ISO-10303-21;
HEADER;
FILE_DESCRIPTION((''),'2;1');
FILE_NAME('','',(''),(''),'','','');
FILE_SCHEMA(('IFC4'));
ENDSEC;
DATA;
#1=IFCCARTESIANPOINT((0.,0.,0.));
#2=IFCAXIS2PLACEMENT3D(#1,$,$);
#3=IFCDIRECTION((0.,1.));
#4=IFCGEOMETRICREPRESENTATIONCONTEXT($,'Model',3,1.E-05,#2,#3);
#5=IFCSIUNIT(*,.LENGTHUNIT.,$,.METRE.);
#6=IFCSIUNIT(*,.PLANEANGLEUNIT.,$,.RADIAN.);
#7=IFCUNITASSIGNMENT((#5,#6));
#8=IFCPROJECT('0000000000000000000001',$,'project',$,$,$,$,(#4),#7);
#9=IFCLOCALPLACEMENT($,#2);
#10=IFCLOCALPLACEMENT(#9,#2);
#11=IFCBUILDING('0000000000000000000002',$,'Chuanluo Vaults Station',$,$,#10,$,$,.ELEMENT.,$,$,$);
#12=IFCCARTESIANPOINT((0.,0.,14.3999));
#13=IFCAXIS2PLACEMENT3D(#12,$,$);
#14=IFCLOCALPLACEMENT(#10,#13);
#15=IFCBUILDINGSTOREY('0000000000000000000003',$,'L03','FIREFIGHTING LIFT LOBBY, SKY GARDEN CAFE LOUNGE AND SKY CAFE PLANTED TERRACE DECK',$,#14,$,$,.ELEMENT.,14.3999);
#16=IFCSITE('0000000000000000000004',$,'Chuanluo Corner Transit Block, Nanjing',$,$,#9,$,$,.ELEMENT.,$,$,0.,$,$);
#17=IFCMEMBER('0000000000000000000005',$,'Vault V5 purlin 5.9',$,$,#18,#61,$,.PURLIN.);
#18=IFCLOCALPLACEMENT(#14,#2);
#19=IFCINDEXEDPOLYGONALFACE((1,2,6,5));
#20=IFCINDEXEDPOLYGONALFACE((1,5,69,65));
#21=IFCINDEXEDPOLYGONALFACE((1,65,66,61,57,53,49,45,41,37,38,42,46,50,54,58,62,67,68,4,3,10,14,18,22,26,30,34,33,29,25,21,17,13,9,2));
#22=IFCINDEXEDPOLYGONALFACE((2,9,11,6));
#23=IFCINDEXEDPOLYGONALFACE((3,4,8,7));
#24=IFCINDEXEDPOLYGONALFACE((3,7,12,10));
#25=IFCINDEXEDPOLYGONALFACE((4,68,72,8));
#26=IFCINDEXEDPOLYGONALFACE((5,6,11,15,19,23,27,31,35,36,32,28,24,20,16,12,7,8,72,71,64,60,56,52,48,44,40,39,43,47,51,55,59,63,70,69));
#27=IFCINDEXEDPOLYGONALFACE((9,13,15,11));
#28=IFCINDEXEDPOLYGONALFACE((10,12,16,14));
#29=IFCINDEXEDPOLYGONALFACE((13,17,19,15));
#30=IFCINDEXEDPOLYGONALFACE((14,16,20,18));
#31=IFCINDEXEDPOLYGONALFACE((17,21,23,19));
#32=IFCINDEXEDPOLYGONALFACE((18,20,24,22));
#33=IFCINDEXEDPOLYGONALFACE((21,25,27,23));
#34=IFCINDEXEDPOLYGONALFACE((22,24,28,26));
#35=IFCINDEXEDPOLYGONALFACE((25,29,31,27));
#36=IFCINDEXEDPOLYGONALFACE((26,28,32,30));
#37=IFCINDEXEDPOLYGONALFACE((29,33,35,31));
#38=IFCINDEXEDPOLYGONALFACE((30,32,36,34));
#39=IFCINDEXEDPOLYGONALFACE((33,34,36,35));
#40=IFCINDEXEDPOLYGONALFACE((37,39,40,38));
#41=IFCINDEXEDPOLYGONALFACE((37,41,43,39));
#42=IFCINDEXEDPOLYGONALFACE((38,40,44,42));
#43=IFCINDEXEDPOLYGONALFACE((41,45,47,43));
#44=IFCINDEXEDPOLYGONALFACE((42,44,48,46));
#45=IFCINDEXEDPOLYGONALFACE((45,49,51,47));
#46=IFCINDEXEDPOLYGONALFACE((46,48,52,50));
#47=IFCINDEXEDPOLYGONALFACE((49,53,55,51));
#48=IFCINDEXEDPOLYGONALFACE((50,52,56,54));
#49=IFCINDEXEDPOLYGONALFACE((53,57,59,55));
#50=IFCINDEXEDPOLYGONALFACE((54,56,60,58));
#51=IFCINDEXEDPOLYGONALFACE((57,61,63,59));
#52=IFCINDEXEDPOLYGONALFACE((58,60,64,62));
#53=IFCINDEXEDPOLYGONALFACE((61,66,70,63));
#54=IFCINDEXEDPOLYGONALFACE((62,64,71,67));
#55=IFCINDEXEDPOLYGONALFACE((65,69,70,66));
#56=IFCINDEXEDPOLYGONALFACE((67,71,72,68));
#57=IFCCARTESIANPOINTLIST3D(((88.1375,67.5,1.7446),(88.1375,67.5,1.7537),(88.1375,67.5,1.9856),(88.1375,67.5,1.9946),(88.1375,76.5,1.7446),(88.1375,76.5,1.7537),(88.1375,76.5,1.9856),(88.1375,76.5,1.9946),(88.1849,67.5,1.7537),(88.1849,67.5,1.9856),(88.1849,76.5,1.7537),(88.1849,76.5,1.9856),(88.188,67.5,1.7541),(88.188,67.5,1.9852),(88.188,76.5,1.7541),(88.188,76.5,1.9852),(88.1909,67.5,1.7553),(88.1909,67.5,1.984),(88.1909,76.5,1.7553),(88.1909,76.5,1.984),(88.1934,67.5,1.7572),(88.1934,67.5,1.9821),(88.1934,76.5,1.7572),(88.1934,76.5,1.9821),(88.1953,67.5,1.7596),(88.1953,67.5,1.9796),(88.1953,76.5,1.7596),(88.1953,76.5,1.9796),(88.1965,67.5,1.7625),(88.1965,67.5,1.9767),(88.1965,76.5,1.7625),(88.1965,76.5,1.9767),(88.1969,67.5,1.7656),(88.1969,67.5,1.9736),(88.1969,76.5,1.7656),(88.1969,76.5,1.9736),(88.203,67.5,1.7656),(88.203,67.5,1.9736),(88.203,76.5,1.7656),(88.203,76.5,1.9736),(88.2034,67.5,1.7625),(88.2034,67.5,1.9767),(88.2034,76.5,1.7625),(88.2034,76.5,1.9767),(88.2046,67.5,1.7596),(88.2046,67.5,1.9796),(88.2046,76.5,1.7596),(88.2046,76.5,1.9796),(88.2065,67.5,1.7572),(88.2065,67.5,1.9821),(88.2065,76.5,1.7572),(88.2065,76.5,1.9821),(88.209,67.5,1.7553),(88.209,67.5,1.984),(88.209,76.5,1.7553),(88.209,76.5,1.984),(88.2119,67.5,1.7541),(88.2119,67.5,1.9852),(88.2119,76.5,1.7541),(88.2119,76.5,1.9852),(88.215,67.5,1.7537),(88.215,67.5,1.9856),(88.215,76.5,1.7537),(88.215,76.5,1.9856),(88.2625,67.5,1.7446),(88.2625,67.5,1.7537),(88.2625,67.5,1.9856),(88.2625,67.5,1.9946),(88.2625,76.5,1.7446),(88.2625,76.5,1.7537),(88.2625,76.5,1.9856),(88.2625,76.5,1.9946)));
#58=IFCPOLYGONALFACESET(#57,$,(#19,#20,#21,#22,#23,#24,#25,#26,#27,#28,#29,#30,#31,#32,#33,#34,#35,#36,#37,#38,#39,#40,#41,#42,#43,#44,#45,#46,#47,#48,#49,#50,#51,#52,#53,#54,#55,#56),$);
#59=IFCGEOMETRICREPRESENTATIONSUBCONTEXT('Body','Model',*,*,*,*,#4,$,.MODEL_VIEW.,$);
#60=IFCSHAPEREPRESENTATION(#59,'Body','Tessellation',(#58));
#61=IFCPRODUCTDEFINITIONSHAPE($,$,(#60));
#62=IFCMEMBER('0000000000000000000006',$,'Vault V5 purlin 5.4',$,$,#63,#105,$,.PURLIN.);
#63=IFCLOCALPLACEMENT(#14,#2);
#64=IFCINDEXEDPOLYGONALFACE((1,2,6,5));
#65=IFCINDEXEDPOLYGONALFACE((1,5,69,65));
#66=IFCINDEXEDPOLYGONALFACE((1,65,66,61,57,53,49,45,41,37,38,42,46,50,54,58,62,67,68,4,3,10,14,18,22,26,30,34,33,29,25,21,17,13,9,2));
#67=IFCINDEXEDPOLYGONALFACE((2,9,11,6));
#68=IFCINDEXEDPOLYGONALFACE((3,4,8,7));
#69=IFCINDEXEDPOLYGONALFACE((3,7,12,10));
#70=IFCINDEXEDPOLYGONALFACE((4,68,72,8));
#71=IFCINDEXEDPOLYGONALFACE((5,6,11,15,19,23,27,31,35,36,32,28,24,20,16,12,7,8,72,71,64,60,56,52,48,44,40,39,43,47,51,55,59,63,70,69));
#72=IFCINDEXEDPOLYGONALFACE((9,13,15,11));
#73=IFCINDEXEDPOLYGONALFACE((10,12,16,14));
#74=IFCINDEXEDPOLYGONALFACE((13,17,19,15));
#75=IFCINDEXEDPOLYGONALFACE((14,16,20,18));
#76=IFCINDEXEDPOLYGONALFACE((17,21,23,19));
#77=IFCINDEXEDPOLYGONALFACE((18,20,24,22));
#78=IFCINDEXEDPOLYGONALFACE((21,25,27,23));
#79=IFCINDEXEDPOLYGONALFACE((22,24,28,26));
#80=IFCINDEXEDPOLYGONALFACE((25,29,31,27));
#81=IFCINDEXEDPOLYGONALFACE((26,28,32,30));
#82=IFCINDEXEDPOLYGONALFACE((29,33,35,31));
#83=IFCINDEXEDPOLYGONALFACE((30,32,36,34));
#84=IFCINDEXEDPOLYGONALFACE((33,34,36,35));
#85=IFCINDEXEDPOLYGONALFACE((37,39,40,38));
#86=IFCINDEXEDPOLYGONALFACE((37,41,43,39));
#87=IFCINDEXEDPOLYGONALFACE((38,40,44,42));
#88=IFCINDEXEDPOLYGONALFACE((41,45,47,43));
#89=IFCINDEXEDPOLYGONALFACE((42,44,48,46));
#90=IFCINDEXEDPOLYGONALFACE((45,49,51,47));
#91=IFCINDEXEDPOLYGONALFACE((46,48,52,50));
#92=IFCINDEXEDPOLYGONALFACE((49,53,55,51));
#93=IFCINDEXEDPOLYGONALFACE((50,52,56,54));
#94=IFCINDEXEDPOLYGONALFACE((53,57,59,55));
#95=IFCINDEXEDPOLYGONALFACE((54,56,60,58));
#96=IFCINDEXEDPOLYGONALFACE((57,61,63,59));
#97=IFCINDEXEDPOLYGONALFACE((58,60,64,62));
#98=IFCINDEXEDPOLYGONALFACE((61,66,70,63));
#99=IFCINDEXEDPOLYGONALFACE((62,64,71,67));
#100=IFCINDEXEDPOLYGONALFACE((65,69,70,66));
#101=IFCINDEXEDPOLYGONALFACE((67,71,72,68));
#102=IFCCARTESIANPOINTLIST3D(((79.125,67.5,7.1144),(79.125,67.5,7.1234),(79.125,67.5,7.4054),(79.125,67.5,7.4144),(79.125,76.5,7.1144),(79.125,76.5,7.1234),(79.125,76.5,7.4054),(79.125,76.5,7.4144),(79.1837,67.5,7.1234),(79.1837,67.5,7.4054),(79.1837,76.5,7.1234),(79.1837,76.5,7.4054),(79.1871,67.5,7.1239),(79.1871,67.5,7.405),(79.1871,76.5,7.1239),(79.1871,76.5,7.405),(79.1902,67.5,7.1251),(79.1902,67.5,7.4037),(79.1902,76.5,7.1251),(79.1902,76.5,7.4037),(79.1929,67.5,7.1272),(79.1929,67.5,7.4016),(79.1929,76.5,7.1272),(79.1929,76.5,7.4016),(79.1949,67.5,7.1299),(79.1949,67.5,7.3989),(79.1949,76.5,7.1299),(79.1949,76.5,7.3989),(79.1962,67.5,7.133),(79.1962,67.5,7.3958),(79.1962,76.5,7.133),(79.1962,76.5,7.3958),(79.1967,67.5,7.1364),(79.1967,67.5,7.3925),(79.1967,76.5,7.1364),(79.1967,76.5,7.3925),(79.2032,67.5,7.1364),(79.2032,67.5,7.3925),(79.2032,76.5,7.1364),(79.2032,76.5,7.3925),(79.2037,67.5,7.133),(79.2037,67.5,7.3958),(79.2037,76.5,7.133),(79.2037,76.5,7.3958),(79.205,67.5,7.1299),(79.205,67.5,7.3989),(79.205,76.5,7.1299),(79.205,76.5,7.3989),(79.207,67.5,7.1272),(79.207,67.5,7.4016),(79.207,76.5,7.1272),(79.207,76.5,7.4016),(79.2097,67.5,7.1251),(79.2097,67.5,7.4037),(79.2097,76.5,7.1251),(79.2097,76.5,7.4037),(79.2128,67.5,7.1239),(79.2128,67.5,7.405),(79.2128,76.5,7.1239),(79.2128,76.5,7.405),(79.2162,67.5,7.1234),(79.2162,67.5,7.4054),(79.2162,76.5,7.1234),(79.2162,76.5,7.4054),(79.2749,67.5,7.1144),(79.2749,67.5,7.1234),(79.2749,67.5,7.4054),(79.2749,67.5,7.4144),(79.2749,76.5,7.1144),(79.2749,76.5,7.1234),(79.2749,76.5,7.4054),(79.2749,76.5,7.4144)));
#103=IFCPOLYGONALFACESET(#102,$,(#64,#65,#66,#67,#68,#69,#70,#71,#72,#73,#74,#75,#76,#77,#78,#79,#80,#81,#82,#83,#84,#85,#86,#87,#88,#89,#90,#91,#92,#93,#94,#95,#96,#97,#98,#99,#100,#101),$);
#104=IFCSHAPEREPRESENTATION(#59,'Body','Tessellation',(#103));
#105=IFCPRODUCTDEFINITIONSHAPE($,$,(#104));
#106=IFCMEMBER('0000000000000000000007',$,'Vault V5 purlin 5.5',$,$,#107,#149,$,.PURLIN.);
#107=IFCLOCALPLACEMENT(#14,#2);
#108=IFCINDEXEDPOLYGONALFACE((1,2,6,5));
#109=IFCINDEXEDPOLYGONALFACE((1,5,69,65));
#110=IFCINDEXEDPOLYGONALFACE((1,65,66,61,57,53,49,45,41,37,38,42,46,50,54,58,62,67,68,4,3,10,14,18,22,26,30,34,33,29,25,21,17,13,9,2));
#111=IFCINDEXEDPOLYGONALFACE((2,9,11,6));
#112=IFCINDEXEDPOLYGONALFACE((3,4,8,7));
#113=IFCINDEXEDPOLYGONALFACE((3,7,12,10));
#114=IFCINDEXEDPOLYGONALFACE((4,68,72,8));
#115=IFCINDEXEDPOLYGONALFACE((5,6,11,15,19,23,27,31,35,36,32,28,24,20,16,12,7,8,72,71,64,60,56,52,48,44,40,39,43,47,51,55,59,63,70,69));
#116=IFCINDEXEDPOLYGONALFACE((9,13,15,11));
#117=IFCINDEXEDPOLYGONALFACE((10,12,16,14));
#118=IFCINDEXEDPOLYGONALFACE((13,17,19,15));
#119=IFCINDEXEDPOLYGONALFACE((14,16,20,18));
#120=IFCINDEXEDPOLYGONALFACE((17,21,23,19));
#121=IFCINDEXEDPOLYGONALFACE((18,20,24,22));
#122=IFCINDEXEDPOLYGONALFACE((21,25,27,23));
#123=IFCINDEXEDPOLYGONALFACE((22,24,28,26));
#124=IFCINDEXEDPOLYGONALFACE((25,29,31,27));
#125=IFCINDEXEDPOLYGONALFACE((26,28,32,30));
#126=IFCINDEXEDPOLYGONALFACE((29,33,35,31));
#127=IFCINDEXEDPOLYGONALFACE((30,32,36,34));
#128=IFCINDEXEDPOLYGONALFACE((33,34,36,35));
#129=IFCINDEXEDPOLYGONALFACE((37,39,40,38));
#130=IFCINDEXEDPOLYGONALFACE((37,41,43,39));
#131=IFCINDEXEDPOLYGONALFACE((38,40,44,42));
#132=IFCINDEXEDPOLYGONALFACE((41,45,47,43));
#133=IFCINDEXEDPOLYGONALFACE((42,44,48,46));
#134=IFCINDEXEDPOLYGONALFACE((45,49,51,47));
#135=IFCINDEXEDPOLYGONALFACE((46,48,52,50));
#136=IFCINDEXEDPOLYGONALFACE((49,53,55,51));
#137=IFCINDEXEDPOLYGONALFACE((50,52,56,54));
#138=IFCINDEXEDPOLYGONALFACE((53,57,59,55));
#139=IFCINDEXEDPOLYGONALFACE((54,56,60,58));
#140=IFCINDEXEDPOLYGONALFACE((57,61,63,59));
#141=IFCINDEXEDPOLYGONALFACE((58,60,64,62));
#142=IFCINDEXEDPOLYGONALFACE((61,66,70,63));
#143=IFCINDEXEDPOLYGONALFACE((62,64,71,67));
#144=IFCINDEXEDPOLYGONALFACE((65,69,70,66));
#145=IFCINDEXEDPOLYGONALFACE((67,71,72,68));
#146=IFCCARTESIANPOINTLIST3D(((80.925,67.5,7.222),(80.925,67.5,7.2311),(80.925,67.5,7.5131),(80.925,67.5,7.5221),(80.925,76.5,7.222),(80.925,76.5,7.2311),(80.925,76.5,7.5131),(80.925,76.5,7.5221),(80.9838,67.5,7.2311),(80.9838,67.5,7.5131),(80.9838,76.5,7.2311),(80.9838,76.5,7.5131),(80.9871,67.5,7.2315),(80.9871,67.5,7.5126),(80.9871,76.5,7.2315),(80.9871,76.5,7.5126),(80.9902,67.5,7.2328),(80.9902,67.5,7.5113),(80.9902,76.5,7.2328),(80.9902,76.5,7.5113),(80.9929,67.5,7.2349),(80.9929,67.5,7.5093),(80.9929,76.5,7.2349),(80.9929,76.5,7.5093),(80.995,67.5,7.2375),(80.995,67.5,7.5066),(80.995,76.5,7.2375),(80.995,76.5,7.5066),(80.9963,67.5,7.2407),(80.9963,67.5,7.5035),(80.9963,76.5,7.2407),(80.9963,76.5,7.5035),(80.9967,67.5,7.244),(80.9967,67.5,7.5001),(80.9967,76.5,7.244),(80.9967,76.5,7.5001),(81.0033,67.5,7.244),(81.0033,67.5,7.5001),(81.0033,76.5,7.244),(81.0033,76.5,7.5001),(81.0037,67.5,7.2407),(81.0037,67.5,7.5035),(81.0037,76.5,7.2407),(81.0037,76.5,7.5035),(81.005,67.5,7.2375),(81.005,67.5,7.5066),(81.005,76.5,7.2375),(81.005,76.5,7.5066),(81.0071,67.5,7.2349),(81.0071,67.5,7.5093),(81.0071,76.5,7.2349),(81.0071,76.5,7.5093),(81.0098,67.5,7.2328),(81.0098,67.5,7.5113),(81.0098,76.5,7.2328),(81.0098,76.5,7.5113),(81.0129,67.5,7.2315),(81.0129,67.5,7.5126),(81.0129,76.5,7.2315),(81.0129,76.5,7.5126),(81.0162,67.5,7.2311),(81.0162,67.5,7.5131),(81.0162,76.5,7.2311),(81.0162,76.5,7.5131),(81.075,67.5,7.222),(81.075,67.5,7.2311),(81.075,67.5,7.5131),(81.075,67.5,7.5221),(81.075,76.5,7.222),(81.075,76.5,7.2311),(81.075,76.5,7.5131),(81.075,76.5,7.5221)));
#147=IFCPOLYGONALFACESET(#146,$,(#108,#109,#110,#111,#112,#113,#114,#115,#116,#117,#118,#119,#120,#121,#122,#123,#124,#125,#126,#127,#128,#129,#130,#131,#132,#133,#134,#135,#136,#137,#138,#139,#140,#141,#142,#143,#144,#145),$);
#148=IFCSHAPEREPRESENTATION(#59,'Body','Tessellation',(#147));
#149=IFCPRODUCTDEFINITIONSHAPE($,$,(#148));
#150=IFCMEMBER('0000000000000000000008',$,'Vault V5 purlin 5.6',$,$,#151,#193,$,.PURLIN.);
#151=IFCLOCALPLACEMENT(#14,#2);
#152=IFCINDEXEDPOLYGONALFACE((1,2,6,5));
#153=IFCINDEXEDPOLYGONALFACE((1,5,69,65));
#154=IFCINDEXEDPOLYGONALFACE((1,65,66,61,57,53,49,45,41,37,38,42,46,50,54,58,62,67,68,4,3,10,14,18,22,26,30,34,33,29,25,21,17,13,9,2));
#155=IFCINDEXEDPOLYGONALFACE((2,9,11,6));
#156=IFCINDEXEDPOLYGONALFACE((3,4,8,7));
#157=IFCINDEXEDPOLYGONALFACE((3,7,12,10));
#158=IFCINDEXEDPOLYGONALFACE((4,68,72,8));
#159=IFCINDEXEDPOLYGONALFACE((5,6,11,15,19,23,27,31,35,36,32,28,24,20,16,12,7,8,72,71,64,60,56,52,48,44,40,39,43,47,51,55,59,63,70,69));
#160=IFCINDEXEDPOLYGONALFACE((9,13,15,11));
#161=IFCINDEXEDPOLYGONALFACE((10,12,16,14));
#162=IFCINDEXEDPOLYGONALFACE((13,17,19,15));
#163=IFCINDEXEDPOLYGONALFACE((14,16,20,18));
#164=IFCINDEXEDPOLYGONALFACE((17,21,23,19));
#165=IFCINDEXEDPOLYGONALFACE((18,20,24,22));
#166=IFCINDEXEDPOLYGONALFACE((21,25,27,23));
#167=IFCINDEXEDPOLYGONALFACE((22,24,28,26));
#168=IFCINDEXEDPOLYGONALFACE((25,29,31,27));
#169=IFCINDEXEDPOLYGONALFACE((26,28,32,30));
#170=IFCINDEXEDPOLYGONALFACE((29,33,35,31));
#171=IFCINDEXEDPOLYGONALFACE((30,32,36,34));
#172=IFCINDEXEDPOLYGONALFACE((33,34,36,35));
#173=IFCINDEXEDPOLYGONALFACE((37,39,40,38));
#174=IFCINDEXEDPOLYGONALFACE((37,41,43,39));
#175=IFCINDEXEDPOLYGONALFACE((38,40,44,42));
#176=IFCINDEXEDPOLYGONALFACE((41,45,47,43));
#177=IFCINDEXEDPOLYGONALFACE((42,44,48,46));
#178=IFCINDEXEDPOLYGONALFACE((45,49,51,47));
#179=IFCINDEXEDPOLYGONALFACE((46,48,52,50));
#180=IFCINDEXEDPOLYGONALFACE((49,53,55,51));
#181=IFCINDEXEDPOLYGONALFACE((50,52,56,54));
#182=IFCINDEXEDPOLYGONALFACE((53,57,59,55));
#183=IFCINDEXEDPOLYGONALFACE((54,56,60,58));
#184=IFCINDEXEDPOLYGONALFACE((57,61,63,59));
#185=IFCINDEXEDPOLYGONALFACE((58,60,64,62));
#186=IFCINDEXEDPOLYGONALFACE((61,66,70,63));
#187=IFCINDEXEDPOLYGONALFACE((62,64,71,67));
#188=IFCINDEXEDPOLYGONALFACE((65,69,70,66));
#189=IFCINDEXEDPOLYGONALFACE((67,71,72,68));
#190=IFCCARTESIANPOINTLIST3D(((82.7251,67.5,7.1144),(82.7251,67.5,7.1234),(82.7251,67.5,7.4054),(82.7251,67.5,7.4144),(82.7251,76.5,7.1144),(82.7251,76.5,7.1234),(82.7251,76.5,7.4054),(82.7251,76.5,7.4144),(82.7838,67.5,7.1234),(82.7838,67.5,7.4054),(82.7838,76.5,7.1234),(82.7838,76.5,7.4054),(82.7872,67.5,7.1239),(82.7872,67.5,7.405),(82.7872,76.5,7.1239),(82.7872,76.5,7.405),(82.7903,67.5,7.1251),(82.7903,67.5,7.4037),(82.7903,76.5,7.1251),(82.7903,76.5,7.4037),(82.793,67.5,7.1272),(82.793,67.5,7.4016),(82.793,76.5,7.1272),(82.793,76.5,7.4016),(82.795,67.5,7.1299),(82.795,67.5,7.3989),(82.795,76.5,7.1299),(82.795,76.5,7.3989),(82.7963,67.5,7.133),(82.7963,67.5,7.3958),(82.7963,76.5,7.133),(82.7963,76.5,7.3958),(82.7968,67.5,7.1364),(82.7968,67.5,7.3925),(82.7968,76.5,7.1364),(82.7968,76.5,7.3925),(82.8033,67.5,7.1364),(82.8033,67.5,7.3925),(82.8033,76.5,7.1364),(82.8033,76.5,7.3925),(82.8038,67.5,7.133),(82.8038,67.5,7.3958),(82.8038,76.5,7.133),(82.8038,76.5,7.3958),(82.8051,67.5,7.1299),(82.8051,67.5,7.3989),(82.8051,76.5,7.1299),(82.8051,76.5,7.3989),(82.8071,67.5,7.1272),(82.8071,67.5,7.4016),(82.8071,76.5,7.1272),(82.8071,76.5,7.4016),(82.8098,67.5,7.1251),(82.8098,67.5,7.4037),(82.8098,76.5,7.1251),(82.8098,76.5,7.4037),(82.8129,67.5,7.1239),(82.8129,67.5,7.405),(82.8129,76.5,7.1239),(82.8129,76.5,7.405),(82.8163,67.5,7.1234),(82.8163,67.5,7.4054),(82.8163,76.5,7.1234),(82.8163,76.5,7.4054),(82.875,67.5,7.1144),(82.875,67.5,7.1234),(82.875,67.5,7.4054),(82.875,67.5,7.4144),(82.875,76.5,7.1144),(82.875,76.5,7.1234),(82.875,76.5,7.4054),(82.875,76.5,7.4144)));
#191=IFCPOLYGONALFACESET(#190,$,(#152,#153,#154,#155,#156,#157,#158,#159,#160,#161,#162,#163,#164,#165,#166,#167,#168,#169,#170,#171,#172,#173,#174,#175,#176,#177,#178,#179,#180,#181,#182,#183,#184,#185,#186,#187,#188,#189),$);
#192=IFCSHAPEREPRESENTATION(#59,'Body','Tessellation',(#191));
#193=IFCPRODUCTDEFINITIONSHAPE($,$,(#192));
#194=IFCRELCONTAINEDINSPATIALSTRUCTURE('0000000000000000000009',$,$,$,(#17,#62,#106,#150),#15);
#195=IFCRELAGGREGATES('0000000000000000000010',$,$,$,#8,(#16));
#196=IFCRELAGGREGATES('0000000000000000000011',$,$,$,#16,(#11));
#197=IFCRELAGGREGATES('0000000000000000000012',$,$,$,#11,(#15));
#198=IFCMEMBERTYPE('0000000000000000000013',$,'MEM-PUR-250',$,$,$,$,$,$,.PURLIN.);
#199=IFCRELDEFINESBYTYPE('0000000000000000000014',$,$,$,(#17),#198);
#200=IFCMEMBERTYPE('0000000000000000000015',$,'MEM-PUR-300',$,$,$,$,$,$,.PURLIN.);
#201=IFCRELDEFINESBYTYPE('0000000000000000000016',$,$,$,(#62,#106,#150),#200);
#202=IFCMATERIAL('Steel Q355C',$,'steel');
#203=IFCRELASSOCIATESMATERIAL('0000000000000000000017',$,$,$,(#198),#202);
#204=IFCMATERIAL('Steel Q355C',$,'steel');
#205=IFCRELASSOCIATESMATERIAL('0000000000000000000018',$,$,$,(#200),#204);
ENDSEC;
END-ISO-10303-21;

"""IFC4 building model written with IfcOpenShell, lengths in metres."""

from ifc_helpers import new_model, si_unit, direction, frame, origin, origin_2d, place, context, subcontext, project, spatial, i_section, extrude, material, material_profile, profile_set, type_object, element, save


model = new_model("IFC4")

# Units and contexts
model_context = context("Model", 3, precision=1e-05, world=origin(), true_north=direction((0.0, 1.0)))
body_context = subcontext(model_context, "Body", "Model", "MODEL_VIEW")
ifc_project = project(units=[si_unit("LENGTHUNIT", "METRE"), si_unit("PLANEANGLEUNIT", "RADIAN")], contexts=[model_context])

# Site, building, storey
site_placement = place(None, origin())
site = spatial("IfcSite", under=ifc_project, at=site_placement, Name="Chuanluo Corner Transit Block, Nanjing", CompositionType="ELEMENT", RefElevation=0.0)
building_placement = place(site_placement, origin())
building = spatial("IfcBuilding", under=site, at=building_placement, Name="Chuanluo Vaults Station", CompositionType="ELEMENT")
storey_placement = place(building_placement, frame((0.0, 0.0, 14.3999)))
storey = spatial("IfcBuildingStorey", under=building, at=storey_placement, Name="L03", Description="FIREFIGHTING LIFT LOBBY, SKY GARDEN CAFE LOUNGE AND SKY CAFE PLANTED TERRACE DECK", CompositionType="ELEMENT", Elevation=14.3999)

# Members
ifc_material_1 = material(Name="Steel Q355C", Category="steel")
ifc_material_profile_1 = material_profile(ifc_material_1, i_section(OverallWidth=0.125, OverallDepth=0.25, WebThickness=0.0061, FlangeThickness=0.009, FilletRadius=0.012, at=origin_2d()))
ifc_profile_set_1 = profile_set([ifc_material_profile_1], Name="Steel Q355C")
member_type_1 = type_object("IfcMemberType", Name="MEM-PUR-250", PredefinedType="PURLIN", material=ifc_profile_set_1)
for number, where, z_axis, x_axis, name in (
    (1, (88.2, 67.5, 1.8696), (0.0, 1.0, 0.0), (-1.0, 0.0, 0.0), "Vault V5 purlin 5.9"),
):
    element("IfcMember", number, at=place(storey_placement, frame(where, z_axis=z_axis, x_axis=x_axis)), inside=storey, type_object=member_type_1, Name=name, PredefinedType="PURLIN", context=body_context, shape_type="SweptSolid", body=[
        extrude(i_section(OverallWidth=0.125, OverallDepth=0.25, WebThickness=0.0061, FlangeThickness=0.009, FilletRadius=0.012, at=origin_2d()), origin(), (0.0, 0.0, 1.0), 9.0),
    ])
ifc_material_2 = material(Name="Steel Q355C", Category="steel")
ifc_material_profile_2 = material_profile(ifc_material_2, i_section(OverallWidth=0.1499, OverallDepth=0.3, WebThickness=0.0066, FlangeThickness=0.009, FilletRadius=0.0129, at=origin_2d()))
ifc_profile_set_2 = profile_set([ifc_material_profile_2], Name="Steel Q355C")
member_type_2 = type_object("IfcMemberType", Name="MEM-PUR-300", PredefinedType="PURLIN", material=ifc_profile_set_2)
for number, where, z_axis, x_axis, name in (
    (2, (79.2, 67.5, 7.2644), (0.0, 1.0, 0.0), (-1.0, 0.0, 0.0), "Vault V5 purlin 5.4"),
    (3, (81.0, 67.5, 7.3721), (0.0, 1.0, 0.0), (-1.0, 0.0, 0.0), "Vault V5 purlin 5.5"),
    (4, (82.8, 67.5, 7.2644), (0.0, 1.0, 0.0), (-1.0, 0.0, 0.0), "Vault V5 purlin 5.6"),
):
    element("IfcMember", number, at=place(storey_placement, frame(where, z_axis=z_axis, x_axis=x_axis)), inside=storey, type_object=member_type_2, Name=name, PredefinedType="PURLIN", context=body_context, shape_type="SweptSolid", body=[
        extrude(i_section(OverallWidth=0.1499, OverallDepth=0.3, WebThickness=0.0066, FlangeThickness=0.009, FilletRadius=0.0129, at=origin_2d()), origin(), (0.0, 0.0, 1.0), 9.0),
    ])

save(model, "model.ifc")
